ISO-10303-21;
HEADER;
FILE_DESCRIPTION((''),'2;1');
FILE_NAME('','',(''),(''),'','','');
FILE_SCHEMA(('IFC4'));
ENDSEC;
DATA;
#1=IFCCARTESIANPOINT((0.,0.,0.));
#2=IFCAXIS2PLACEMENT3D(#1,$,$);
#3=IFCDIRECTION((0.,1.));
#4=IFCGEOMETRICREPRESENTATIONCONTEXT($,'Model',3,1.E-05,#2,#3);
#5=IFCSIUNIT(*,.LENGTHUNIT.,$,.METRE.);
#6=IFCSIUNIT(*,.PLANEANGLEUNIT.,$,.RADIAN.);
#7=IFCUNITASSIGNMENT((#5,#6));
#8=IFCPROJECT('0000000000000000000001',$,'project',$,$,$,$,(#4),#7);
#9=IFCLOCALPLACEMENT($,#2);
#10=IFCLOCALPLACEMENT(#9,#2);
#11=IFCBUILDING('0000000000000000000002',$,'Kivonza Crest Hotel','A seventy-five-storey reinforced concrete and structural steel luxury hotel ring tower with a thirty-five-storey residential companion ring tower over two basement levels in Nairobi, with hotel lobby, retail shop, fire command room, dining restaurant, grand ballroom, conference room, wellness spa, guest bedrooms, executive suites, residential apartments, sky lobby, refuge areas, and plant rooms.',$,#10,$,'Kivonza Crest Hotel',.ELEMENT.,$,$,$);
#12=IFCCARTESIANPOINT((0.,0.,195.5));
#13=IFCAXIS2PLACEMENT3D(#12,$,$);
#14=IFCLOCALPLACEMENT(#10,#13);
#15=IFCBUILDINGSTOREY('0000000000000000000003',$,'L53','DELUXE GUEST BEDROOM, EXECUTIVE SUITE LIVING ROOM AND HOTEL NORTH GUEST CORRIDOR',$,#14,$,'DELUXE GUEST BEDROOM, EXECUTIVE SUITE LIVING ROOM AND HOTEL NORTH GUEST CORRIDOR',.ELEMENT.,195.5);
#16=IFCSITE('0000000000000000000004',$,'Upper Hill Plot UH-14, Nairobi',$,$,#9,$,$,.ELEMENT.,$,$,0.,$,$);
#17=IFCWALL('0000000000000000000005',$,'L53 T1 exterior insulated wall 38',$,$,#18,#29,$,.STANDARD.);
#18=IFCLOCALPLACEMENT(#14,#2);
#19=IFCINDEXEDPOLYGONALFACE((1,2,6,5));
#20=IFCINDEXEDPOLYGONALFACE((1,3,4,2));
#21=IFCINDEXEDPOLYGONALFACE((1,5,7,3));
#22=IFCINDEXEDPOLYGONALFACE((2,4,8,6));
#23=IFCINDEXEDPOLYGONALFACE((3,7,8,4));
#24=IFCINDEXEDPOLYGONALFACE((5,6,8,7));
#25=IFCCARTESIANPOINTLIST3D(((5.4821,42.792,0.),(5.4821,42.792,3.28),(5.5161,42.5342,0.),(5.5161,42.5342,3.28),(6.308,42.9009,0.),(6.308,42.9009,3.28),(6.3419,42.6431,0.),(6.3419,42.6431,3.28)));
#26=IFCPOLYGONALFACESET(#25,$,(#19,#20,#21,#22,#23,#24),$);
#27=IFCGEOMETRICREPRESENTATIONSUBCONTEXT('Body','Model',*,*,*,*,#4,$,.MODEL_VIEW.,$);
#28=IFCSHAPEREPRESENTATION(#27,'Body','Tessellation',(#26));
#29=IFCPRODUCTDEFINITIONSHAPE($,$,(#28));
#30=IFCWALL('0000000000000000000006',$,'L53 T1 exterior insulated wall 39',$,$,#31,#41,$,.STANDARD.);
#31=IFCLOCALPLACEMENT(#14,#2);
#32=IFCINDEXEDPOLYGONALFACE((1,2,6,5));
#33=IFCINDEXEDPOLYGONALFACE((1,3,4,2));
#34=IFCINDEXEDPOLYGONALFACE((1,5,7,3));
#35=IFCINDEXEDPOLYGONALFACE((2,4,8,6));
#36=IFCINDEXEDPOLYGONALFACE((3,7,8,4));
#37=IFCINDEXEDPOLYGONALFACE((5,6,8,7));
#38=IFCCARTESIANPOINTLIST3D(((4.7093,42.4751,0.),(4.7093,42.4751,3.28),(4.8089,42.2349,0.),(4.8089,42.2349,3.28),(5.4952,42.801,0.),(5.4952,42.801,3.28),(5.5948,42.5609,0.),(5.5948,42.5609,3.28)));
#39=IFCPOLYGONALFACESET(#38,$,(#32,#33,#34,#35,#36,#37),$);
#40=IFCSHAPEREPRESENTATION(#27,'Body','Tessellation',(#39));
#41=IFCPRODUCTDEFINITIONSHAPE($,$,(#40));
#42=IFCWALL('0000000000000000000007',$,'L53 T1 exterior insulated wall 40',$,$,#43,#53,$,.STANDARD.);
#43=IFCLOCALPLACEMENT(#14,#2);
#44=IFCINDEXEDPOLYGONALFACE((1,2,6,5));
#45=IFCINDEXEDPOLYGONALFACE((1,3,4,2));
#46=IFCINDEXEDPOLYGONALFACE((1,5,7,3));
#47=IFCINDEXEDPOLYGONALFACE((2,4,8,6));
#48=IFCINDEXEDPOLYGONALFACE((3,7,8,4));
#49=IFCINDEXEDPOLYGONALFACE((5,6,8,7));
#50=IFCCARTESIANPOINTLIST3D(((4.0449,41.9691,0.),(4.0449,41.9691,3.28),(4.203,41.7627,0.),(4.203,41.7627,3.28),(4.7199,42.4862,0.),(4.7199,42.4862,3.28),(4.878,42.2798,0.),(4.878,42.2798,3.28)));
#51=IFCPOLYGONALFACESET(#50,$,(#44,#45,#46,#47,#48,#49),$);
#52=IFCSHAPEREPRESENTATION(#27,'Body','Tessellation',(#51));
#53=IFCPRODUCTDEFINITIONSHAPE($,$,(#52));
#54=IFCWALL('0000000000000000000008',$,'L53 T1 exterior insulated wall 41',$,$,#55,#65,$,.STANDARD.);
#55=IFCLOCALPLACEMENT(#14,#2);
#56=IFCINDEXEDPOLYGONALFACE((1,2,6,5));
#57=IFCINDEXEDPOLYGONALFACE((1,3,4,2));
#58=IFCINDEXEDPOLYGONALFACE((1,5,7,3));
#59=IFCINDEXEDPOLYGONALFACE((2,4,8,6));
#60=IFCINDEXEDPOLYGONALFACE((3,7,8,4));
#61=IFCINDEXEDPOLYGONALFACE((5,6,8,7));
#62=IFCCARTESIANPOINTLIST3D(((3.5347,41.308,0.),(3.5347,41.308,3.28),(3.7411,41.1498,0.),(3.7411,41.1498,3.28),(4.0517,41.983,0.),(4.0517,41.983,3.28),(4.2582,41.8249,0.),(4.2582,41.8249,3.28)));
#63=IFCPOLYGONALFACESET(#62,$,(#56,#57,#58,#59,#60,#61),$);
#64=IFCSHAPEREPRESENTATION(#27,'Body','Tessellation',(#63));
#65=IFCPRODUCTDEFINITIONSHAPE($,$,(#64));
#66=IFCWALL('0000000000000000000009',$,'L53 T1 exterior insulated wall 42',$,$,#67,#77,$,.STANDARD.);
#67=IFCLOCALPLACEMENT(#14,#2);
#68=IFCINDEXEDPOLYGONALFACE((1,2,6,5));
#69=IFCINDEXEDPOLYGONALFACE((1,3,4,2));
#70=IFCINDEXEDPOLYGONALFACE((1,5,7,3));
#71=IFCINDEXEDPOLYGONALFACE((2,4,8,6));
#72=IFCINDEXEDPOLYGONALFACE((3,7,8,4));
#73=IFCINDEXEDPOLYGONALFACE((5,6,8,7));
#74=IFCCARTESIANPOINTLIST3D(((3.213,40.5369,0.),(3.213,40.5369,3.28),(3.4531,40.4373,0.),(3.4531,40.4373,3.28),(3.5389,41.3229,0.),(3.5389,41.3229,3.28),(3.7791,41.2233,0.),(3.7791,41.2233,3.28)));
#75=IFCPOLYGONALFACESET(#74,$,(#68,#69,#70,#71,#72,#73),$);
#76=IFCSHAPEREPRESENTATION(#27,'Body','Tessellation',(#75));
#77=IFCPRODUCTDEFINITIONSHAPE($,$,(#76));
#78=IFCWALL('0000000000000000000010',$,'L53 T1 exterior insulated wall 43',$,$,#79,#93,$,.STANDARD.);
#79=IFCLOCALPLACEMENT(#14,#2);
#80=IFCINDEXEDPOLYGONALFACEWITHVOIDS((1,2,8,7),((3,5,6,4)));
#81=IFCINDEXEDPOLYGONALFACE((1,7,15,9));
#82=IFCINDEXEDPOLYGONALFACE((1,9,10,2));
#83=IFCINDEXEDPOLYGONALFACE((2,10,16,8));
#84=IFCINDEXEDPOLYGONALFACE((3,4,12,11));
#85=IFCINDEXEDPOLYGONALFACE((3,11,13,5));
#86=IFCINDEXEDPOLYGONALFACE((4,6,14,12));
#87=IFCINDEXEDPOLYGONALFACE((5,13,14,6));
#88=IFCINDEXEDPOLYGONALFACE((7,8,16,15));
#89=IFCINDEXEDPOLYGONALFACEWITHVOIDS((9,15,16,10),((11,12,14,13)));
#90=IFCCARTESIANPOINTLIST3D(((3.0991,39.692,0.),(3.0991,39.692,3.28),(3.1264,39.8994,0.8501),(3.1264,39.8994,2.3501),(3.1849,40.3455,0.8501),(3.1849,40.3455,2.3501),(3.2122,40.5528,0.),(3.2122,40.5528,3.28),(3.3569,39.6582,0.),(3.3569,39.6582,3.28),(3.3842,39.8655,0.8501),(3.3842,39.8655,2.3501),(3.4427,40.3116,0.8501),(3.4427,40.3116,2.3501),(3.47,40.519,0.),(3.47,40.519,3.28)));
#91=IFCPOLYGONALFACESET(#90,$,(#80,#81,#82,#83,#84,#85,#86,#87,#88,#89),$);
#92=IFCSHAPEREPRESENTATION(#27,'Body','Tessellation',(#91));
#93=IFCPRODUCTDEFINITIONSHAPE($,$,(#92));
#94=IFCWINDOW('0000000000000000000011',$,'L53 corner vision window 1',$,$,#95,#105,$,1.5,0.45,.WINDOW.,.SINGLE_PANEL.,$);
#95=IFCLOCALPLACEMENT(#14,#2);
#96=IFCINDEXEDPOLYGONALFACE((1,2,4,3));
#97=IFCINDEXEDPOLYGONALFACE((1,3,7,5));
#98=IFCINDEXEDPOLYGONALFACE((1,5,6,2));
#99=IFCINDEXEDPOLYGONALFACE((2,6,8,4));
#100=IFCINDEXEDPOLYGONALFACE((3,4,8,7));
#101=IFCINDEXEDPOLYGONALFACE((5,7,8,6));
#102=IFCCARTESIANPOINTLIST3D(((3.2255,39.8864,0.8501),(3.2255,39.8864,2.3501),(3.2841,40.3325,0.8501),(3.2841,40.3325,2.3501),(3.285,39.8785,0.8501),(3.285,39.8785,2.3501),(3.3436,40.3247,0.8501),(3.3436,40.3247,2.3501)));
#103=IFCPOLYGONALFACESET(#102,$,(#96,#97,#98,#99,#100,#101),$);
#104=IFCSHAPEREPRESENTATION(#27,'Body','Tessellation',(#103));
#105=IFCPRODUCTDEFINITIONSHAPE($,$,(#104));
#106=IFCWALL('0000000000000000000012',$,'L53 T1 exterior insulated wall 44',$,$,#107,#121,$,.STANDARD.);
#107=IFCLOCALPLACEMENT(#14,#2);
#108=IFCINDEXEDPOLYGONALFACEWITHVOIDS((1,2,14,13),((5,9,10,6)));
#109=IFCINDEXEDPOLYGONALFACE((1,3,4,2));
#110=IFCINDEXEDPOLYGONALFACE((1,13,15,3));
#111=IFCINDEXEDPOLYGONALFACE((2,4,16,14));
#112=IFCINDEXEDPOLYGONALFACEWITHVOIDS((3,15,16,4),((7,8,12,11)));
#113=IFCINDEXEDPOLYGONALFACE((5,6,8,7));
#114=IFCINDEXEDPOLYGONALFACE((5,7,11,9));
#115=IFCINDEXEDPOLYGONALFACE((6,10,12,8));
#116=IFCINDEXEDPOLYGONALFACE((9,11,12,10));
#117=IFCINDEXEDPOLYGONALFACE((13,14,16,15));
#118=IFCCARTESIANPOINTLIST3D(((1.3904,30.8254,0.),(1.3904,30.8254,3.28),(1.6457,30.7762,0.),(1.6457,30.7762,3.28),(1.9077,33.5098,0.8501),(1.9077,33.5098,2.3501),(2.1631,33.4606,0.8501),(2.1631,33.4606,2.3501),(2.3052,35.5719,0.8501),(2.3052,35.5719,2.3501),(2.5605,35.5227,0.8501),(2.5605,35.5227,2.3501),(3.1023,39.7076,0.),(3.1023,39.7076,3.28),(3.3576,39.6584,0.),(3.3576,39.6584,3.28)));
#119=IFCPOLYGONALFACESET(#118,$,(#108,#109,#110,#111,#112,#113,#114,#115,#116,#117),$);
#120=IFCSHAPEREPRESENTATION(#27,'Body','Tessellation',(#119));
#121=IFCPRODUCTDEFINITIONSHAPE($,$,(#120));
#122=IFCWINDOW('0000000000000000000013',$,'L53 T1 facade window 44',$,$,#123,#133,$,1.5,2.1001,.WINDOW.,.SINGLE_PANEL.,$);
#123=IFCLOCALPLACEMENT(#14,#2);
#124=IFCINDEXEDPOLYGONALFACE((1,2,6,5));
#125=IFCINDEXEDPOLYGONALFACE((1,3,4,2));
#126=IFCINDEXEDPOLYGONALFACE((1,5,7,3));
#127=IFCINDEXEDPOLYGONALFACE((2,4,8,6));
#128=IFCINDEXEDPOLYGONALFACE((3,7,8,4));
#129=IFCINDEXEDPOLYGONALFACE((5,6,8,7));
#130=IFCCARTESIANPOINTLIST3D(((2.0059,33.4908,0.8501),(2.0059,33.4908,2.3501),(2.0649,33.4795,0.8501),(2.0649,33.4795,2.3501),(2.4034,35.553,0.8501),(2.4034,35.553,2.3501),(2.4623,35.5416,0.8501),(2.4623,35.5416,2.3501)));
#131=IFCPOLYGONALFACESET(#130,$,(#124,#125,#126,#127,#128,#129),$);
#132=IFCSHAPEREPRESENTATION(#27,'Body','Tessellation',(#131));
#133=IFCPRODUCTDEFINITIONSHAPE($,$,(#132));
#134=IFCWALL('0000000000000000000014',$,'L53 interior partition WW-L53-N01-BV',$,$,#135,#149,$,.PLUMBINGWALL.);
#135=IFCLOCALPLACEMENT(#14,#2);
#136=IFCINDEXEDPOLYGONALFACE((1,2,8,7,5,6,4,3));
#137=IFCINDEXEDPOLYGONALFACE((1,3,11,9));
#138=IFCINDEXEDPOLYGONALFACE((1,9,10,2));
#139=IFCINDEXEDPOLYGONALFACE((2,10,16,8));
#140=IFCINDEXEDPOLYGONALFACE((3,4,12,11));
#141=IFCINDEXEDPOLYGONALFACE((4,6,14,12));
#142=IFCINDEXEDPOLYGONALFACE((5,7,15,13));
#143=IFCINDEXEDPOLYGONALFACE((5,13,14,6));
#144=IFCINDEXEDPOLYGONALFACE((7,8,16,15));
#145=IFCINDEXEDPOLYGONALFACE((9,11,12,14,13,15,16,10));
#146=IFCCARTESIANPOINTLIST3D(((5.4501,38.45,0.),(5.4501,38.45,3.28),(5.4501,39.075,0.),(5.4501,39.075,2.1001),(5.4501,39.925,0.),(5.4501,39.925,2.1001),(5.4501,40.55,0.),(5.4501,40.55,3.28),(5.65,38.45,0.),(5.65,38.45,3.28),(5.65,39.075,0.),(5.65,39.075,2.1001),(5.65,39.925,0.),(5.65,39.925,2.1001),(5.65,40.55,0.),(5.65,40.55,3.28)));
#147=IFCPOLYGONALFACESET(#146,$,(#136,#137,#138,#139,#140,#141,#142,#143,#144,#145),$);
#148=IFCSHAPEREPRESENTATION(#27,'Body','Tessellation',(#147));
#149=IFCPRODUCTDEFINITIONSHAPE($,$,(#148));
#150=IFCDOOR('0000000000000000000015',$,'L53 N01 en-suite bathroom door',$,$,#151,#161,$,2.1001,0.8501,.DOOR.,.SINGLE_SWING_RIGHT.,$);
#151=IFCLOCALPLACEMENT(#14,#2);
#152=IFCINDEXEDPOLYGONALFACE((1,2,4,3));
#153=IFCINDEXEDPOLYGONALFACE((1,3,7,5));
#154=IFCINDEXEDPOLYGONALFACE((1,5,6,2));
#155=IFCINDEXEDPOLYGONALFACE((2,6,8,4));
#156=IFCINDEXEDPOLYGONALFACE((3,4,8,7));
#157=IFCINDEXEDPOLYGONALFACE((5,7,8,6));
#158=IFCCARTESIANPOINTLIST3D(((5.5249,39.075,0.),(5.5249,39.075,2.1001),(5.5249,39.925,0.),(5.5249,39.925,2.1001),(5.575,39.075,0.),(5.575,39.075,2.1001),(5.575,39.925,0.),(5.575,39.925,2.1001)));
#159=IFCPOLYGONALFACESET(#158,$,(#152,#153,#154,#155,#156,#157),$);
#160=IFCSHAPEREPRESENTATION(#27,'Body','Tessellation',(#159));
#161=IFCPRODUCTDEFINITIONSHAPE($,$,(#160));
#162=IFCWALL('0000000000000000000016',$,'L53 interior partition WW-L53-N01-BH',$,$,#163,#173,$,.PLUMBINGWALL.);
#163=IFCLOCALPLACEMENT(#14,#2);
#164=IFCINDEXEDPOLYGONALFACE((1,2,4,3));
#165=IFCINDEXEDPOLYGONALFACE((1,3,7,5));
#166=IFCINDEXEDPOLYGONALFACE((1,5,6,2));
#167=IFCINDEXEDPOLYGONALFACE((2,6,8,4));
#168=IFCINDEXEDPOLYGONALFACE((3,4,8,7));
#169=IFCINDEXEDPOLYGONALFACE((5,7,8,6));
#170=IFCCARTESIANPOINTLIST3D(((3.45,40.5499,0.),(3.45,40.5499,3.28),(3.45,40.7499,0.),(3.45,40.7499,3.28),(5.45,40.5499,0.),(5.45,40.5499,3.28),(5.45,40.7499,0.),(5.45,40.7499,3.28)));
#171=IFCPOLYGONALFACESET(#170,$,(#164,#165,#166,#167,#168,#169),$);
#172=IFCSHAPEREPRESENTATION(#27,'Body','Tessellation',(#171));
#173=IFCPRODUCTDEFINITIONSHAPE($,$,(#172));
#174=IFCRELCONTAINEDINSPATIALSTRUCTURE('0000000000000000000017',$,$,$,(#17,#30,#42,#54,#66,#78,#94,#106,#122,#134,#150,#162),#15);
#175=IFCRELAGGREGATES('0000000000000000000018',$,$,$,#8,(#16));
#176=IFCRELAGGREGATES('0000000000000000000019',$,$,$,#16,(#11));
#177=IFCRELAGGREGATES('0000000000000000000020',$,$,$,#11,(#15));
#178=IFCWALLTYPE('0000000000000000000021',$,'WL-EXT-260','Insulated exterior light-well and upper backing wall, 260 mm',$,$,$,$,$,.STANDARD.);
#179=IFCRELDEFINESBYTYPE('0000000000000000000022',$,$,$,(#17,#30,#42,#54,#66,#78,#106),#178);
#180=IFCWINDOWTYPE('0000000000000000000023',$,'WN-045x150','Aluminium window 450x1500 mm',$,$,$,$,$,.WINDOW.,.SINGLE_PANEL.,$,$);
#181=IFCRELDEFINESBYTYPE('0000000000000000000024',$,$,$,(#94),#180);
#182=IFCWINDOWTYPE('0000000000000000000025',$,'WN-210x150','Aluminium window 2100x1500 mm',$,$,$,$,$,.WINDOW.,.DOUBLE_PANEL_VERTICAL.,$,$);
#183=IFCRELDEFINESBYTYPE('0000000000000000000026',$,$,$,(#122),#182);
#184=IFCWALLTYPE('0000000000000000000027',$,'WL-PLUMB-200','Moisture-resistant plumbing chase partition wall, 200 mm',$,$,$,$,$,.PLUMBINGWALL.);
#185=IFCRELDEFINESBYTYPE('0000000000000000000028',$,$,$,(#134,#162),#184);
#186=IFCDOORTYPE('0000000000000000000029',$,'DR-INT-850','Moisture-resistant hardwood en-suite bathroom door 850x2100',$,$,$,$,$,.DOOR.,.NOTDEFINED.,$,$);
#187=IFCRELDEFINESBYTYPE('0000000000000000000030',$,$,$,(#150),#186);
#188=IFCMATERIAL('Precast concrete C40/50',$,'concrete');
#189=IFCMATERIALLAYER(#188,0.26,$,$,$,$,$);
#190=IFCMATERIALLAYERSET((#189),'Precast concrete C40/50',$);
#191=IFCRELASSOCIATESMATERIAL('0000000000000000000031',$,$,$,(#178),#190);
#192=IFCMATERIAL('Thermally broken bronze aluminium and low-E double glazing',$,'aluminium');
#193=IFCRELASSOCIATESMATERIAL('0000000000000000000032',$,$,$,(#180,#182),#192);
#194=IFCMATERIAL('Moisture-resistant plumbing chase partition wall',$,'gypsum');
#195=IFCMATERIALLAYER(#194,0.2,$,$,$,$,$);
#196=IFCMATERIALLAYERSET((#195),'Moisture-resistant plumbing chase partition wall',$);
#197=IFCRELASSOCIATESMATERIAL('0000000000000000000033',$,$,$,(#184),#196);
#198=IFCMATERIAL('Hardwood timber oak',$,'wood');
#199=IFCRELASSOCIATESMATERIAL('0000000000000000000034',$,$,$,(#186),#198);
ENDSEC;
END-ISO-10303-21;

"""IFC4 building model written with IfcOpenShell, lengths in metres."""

from ifc_helpers import new_model, si_unit, direction, frame, frame_2d, origin, place, context, subcontext, project, spatial, rectangle, extrude, material, layer, layer_set, type_object, element, fill, save


model = new_model("IFC4")

# Units and contexts
model_context = context("Model", 3, precision=1e-05, world=origin(), true_north=direction((0.0, 1.0)))
body_context = subcontext(model_context, "Body", "Model", "MODEL_VIEW")
ifc_project = project(units=[si_unit("LENGTHUNIT", "METRE"), si_unit("PLANEANGLEUNIT", "RADIAN")], contexts=[model_context])

# Site, building, storey
site_placement = place(None, origin())
site = spatial("IfcSite", under=ifc_project, at=site_placement, Name="Upper Hill Plot UH-14, Nairobi", CompositionType="ELEMENT", RefElevation=0.0)
building_placement = place(site_placement, origin())
building = spatial("IfcBuilding", under=site, at=building_placement, Name="Kivonza Crest Hotel", Description="A seventy-five-storey reinforced concrete and structural steel luxury hotel ring tower with a thirty-five-storey residential companion ring tower over two basement levels in Nairobi, with hotel lobby, retail shop, fire command room, dining restaurant, grand ballroom, conference room, wellness spa, guest bedrooms, executive suites, residential apartments, sky lobby, refuge areas, and plant rooms.", LongName="Kivonza Crest Hotel", CompositionType="ELEMENT")
storey_placement = place(building_placement, frame((0.0, 0.0, 195.5)))
storey = spatial("IfcBuildingStorey", under=building, at=storey_placement, Name="L53", Description="DELUXE GUEST BEDROOM, EXECUTIVE SUITE LIVING ROOM AND HOTEL NORTH GUEST CORRIDOR", LongName="DELUXE GUEST BEDROOM, EXECUTIVE SUITE LIVING ROOM AND HOTEL NORTH GUEST CORRIDOR", CompositionType="ELEMENT", Elevation=195.5)

# Shared definitions
ifc_material_1 = material(Name="Hardwood timber oak", Category="wood")

# Walls
ifc_material_2 = material(Name="Precast concrete C40/50", Category="concrete")
ifc_layer_1 = layer(ifc_material_2, 0.26)
ifc_layer_set_1 = layer_set([ifc_layer_1], Name="Precast concrete C40/50")
wall_type_1 = type_object("IfcWallType", Name="WL-EXT-260", Description="Insulated exterior light-well and upper backing wall, 260 mm", PredefinedType="STANDARD", material=ifc_layer_set_1)
wall_1_placement = place(storey_placement, frame((6.325, 42.772, 0.0), z_axis=(0.0, 0.0, 1.0), x_axis=(-0.991421, -0.130705, 0.0)))
element("IfcWall", 1, at=wall_1_placement, inside=storey, type_object=wall_type_1, Name="L53 T1 exterior insulated wall 38", PredefinedType="STANDARD", context=body_context, shape_type="SweptSolid", body=[
    extrude(rectangle(XDim=0.833, YDim=0.26, at=frame_2d((0.4165, 0.0))), origin(), (0.0, 0.0, 1.0), 3.28),
])
wall_2_placement = place(storey_placement, frame((5.5449, 42.6809, 0.0), z_axis=(0.0, 0.0, 1.0), x_axis=(-0.923712, -0.383087, 0.0)))
element("IfcWall", 2, at=wall_2_placement, inside=storey, type_object=wall_type_1, Name="L53 T1 exterior insulated wall 39", PredefinedType="STANDARD", context=body_context, shape_type="SweptSolid", body=[
    extrude(rectangle(XDim=0.8508, YDim=0.26, at=frame_2d((0.4253, 0.0))), origin(), (0.0, 0.0, 1.0), 3.28),
])
for number, where, z_axis, x_axis, name in (
    (3, (4.7991, 42.3831, 0.0), (0.0, 0.0, 1.0), (-0.79386, -0.6081, 0.0), "L53 T1 exterior insulated wall 40"),
    (4, (4.155, 41.9041, 0.0), (0.0, 0.0, 1.0), (-0.6081, -0.79386, 0.0), "L53 T1 exterior insulated wall 41"),
):
    element("IfcWall", number, at=place(storey_placement, frame(where, z_axis=z_axis, x_axis=x_axis)), inside=storey, type_object=wall_type_1, Name=name, PredefinedType="STANDARD", context=body_context, shape_type="SweptSolid", body=[
        extrude(rectangle(XDim=0.8503, YDim=0.26, at=frame_2d((0.4253, 0.0))), origin(), (0.0, 0.0, 1.0), 3.28),
    ])
wall_3_placement = place(storey_placement, frame((3.6589, 41.2729, 0.0), z_axis=(0.0, 0.0, 1.0), x_axis=(-0.383087, -0.923712, 0.0)))
element("IfcWall", 5, at=wall_3_placement, inside=storey, type_object=wall_type_1, Name="L53 T1 exterior insulated wall 42", PredefinedType="STANDARD", context=body_context, shape_type="SweptSolid", body=[
    extrude(rectangle(XDim=0.8508, YDim=0.26, at=frame_2d((0.4253, 0.0))), origin(), (0.0, 0.0, 1.0), 3.28),
])

# Walls, openings, windows
wall_4_placement = place(storey_placement, frame((3.3411, 40.5359, 0.0), z_axis=(0.0, 0.0, 1.0), x_axis=(-0.130193, -0.991489, 0.0)))
wall_4 = element("IfcWall", 6, at=wall_4_placement, inside=storey, type_object=wall_type_1, Name="L53 T1 exterior insulated wall 43", PredefinedType="STANDARD", context=body_context, shape_type="SweptSolid", body=[
    extrude(rectangle(XDim=0.8682, YDim=0.26, at=frame_2d((0.4341, 0.0))), origin(), (0.0, 0.0, 1.0), 3.28),
])
opening_1_placement = place(wall_4_placement, frame((0.209, 0.0, 0.8501)))
opening_1 = element("IfcOpeningElement", 7, at=opening_1_placement, cuts=wall_4, PredefinedType="OPENING", context=body_context, shape_type="SweptSolid", body=[
    extrude(rectangle(XDim=0.45, YDim=1.5, at=frame_2d((0.2251, 0.75))), frame((0.0, 0.1401, 0.0), z_axis=(0.0, -1.0, 0.0), x_axis=(1.0, 0.0, 0.0)), (0.0, 0.0, 1.0), 0.28),
])
ifc_material_3 = material(Name="Thermally broken bronze aluminium and low-E double glazing", Category="aluminium")
window_type_1 = type_object("IfcWindowType", Name="WN-045x150", Description="Aluminium window 450x1500 mm", PartitioningType="SINGLE_PANEL", PredefinedType="WINDOW", material=ifc_material_3)
window_1_placement = place(opening_1_placement, origin())
window_1 = element("IfcWindow", 8, at=window_1_placement, inside=storey, type_object=window_type_1, Name="L53 corner vision window 1", OverallHeight=1.5, OverallWidth=0.45, PartitioningType="SINGLE_PANEL", PredefinedType="WINDOW", context=body_context, shape_type="SweptSolid", body=[
    extrude(rectangle(XDim=0.45, YDim=1.5, at=frame_2d((0.2251, 0.75))), frame((0.0, 0.03, 0.0), z_axis=(0.0, -1.0, 0.0), x_axis=(1.0, 0.0, 0.0)), (0.0, 0.0, 1.0), 0.0601),
])
fill(opening_1, window_1)
wall_5_placement = place(storey_placement, frame((3.23, 39.6831, 0.0), z_axis=(0.0, 0.0, 1.0), x_axis=(-0.189255, -0.981928, 0.0)))
wall_5 = element("IfcWall", 9, at=wall_5_placement, inside=storey, type_object=wall_type_1, Name="L53 T1 exterior insulated wall 44", PredefinedType="STANDARD", context=body_context, shape_type="SweptSolid", body=[
    extrude(rectangle(XDim=9.0457, YDim=0.26, at=frame_2d((4.5229, 0.0))), origin(), (0.0, 0.0, 1.0), 3.28),
])
opening_2_placement = place(wall_5_placement, frame((4.2119, 0.0, 0.8501)))
opening_2 = element("IfcOpeningElement", 10, at=opening_2_placement, cuts=wall_5, PredefinedType="OPENING", context=body_context, shape_type="SweptSolid", body=[
    extrude(rectangle(XDim=2.1001, YDim=1.5, at=frame_2d((1.05, 0.75))), frame((0.0, 0.1401, 0.0), z_axis=(0.0, -1.0, 0.0), x_axis=(1.0, 0.0, 0.0)), (0.0, 0.0, 1.0), 0.28),
])
window_type_2 = type_object("IfcWindowType", Name="WN-210x150", Description="Aluminium window 2100x1500 mm", PartitioningType="DOUBLE_PANEL_VERTICAL", PredefinedType="WINDOW", material=ifc_material_3)
window_2_placement = place(opening_2_placement, origin())
window_2 = element("IfcWindow", 11, at=window_2_placement, inside=storey, type_object=window_type_2, Name="L53 T1 facade window 44", OverallHeight=1.5, OverallWidth=2.1001, PartitioningType="SINGLE_PANEL", PredefinedType="WINDOW", context=body_context, shape_type="SweptSolid", body=[
    extrude(rectangle(XDim=2.1001, YDim=1.5, at=frame_2d((1.05, 0.75))), frame((0.0, 0.03, 0.0), z_axis=(0.0, -1.0, 0.0), x_axis=(1.0, 0.0, 0.0)), (0.0, 0.0, 1.0), 0.0601),
])
fill(opening_2, window_2)

# Wall, opening, door
ifc_material_4 = material(Name="Moisture-resistant plumbing chase partition wall", Category="gypsum")
ifc_layer_2 = layer(ifc_material_4, 0.2)
ifc_layer_set_2 = layer_set([ifc_layer_2], Name="Moisture-resistant plumbing chase partition wall")
wall_type_2 = type_object("IfcWallType", Name="WL-PLUMB-200", Description="Moisture-resistant plumbing chase partition wall, 200 mm", PredefinedType="PLUMBINGWALL", material=ifc_layer_set_2)
wall_6_placement = place(storey_placement, frame((5.55, 38.45, 0.0), z_axis=(0.0, 0.0, 1.0), x_axis=(0.0, 1.0, 0.0)))
wall_6 = element("IfcWall", 12, at=wall_6_placement, inside=storey, type_object=wall_type_2, Name="L53 interior partition WW-L53-N01-BV", PredefinedType="PLUMBINGWALL", context=body_context, shape_type="SweptSolid", body=[
    extrude(rectangle(XDim=2.1001, YDim=0.2, at=frame_2d((1.05, 0.0))), origin(), (0.0, 0.0, 1.0), 3.28),
])
opening_3_placement = place(wall_6_placement, frame((0.625, 0.0, 0.0)))
opening_3 = element("IfcOpeningElement", 13, at=opening_3_placement, cuts=wall_6, PredefinedType="OPENING", context=body_context, shape_type="SweptSolid", body=[
    extrude(rectangle(XDim=0.8501, YDim=2.1001, at=frame_2d((0.425, 1.05))), frame((0.0, 0.1099, 0.0), z_axis=(0.0, -1.0, 0.0), x_axis=(1.0, 0.0, 0.0)), (0.0, 0.0, 1.0), 0.22),
])
door_type_1 = type_object("IfcDoorType", Name="DR-INT-850", Description="Moisture-resistant hardwood en-suite bathroom door 850x2100", OperationType="NOTDEFINED", PredefinedType="DOOR", material=ifc_material_1)
door_1_placement = place(opening_3_placement, frame((0.8501, 0.0, 0.0), z_axis=(0.0, 0.0, 1.0), x_axis=(-1.0, 0.0, 0.0)))
door_1 = element("IfcDoor", 14, at=door_1_placement, inside=storey, type_object=door_type_1, Name="L53 N01 en-suite bathroom door", OperationType="SINGLE_SWING_RIGHT", OverallHeight=2.1001, OverallWidth=0.8501, PredefinedType="DOOR", context=body_context, shape_type="SweptSolid", body=[
    extrude(rectangle(XDim=0.8501, YDim=2.1001, at=frame_2d((0.425, 1.05))), frame((0.0, 0.0249, 0.0), z_axis=(0.0, -1.0, 0.0), x_axis=(1.0, 0.0, 0.0)), (0.0, 0.0, 1.0), 0.05),
])
fill(opening_3, door_1)

# Wall
wall_7_placement = place(storey_placement, frame((3.45, 40.6499, 0.0), z_axis=(0.0, 0.0, 1.0), x_axis=(1.0, 0.0, 0.0)))
element("IfcWall", 15, at=wall_7_placement, inside=storey, type_object=wall_type_2, Name="L53 interior partition WW-L53-N01-BH", PredefinedType="PLUMBINGWALL", context=body_context, shape_type="SweptSolid", body=[
    extrude(rectangle(XDim=2.0, YDim=0.2, at=frame_2d((1.0, 0.0))), origin(), (0.0, 0.0, 1.0), 3.28),
])

save(model, "model.ifc")
